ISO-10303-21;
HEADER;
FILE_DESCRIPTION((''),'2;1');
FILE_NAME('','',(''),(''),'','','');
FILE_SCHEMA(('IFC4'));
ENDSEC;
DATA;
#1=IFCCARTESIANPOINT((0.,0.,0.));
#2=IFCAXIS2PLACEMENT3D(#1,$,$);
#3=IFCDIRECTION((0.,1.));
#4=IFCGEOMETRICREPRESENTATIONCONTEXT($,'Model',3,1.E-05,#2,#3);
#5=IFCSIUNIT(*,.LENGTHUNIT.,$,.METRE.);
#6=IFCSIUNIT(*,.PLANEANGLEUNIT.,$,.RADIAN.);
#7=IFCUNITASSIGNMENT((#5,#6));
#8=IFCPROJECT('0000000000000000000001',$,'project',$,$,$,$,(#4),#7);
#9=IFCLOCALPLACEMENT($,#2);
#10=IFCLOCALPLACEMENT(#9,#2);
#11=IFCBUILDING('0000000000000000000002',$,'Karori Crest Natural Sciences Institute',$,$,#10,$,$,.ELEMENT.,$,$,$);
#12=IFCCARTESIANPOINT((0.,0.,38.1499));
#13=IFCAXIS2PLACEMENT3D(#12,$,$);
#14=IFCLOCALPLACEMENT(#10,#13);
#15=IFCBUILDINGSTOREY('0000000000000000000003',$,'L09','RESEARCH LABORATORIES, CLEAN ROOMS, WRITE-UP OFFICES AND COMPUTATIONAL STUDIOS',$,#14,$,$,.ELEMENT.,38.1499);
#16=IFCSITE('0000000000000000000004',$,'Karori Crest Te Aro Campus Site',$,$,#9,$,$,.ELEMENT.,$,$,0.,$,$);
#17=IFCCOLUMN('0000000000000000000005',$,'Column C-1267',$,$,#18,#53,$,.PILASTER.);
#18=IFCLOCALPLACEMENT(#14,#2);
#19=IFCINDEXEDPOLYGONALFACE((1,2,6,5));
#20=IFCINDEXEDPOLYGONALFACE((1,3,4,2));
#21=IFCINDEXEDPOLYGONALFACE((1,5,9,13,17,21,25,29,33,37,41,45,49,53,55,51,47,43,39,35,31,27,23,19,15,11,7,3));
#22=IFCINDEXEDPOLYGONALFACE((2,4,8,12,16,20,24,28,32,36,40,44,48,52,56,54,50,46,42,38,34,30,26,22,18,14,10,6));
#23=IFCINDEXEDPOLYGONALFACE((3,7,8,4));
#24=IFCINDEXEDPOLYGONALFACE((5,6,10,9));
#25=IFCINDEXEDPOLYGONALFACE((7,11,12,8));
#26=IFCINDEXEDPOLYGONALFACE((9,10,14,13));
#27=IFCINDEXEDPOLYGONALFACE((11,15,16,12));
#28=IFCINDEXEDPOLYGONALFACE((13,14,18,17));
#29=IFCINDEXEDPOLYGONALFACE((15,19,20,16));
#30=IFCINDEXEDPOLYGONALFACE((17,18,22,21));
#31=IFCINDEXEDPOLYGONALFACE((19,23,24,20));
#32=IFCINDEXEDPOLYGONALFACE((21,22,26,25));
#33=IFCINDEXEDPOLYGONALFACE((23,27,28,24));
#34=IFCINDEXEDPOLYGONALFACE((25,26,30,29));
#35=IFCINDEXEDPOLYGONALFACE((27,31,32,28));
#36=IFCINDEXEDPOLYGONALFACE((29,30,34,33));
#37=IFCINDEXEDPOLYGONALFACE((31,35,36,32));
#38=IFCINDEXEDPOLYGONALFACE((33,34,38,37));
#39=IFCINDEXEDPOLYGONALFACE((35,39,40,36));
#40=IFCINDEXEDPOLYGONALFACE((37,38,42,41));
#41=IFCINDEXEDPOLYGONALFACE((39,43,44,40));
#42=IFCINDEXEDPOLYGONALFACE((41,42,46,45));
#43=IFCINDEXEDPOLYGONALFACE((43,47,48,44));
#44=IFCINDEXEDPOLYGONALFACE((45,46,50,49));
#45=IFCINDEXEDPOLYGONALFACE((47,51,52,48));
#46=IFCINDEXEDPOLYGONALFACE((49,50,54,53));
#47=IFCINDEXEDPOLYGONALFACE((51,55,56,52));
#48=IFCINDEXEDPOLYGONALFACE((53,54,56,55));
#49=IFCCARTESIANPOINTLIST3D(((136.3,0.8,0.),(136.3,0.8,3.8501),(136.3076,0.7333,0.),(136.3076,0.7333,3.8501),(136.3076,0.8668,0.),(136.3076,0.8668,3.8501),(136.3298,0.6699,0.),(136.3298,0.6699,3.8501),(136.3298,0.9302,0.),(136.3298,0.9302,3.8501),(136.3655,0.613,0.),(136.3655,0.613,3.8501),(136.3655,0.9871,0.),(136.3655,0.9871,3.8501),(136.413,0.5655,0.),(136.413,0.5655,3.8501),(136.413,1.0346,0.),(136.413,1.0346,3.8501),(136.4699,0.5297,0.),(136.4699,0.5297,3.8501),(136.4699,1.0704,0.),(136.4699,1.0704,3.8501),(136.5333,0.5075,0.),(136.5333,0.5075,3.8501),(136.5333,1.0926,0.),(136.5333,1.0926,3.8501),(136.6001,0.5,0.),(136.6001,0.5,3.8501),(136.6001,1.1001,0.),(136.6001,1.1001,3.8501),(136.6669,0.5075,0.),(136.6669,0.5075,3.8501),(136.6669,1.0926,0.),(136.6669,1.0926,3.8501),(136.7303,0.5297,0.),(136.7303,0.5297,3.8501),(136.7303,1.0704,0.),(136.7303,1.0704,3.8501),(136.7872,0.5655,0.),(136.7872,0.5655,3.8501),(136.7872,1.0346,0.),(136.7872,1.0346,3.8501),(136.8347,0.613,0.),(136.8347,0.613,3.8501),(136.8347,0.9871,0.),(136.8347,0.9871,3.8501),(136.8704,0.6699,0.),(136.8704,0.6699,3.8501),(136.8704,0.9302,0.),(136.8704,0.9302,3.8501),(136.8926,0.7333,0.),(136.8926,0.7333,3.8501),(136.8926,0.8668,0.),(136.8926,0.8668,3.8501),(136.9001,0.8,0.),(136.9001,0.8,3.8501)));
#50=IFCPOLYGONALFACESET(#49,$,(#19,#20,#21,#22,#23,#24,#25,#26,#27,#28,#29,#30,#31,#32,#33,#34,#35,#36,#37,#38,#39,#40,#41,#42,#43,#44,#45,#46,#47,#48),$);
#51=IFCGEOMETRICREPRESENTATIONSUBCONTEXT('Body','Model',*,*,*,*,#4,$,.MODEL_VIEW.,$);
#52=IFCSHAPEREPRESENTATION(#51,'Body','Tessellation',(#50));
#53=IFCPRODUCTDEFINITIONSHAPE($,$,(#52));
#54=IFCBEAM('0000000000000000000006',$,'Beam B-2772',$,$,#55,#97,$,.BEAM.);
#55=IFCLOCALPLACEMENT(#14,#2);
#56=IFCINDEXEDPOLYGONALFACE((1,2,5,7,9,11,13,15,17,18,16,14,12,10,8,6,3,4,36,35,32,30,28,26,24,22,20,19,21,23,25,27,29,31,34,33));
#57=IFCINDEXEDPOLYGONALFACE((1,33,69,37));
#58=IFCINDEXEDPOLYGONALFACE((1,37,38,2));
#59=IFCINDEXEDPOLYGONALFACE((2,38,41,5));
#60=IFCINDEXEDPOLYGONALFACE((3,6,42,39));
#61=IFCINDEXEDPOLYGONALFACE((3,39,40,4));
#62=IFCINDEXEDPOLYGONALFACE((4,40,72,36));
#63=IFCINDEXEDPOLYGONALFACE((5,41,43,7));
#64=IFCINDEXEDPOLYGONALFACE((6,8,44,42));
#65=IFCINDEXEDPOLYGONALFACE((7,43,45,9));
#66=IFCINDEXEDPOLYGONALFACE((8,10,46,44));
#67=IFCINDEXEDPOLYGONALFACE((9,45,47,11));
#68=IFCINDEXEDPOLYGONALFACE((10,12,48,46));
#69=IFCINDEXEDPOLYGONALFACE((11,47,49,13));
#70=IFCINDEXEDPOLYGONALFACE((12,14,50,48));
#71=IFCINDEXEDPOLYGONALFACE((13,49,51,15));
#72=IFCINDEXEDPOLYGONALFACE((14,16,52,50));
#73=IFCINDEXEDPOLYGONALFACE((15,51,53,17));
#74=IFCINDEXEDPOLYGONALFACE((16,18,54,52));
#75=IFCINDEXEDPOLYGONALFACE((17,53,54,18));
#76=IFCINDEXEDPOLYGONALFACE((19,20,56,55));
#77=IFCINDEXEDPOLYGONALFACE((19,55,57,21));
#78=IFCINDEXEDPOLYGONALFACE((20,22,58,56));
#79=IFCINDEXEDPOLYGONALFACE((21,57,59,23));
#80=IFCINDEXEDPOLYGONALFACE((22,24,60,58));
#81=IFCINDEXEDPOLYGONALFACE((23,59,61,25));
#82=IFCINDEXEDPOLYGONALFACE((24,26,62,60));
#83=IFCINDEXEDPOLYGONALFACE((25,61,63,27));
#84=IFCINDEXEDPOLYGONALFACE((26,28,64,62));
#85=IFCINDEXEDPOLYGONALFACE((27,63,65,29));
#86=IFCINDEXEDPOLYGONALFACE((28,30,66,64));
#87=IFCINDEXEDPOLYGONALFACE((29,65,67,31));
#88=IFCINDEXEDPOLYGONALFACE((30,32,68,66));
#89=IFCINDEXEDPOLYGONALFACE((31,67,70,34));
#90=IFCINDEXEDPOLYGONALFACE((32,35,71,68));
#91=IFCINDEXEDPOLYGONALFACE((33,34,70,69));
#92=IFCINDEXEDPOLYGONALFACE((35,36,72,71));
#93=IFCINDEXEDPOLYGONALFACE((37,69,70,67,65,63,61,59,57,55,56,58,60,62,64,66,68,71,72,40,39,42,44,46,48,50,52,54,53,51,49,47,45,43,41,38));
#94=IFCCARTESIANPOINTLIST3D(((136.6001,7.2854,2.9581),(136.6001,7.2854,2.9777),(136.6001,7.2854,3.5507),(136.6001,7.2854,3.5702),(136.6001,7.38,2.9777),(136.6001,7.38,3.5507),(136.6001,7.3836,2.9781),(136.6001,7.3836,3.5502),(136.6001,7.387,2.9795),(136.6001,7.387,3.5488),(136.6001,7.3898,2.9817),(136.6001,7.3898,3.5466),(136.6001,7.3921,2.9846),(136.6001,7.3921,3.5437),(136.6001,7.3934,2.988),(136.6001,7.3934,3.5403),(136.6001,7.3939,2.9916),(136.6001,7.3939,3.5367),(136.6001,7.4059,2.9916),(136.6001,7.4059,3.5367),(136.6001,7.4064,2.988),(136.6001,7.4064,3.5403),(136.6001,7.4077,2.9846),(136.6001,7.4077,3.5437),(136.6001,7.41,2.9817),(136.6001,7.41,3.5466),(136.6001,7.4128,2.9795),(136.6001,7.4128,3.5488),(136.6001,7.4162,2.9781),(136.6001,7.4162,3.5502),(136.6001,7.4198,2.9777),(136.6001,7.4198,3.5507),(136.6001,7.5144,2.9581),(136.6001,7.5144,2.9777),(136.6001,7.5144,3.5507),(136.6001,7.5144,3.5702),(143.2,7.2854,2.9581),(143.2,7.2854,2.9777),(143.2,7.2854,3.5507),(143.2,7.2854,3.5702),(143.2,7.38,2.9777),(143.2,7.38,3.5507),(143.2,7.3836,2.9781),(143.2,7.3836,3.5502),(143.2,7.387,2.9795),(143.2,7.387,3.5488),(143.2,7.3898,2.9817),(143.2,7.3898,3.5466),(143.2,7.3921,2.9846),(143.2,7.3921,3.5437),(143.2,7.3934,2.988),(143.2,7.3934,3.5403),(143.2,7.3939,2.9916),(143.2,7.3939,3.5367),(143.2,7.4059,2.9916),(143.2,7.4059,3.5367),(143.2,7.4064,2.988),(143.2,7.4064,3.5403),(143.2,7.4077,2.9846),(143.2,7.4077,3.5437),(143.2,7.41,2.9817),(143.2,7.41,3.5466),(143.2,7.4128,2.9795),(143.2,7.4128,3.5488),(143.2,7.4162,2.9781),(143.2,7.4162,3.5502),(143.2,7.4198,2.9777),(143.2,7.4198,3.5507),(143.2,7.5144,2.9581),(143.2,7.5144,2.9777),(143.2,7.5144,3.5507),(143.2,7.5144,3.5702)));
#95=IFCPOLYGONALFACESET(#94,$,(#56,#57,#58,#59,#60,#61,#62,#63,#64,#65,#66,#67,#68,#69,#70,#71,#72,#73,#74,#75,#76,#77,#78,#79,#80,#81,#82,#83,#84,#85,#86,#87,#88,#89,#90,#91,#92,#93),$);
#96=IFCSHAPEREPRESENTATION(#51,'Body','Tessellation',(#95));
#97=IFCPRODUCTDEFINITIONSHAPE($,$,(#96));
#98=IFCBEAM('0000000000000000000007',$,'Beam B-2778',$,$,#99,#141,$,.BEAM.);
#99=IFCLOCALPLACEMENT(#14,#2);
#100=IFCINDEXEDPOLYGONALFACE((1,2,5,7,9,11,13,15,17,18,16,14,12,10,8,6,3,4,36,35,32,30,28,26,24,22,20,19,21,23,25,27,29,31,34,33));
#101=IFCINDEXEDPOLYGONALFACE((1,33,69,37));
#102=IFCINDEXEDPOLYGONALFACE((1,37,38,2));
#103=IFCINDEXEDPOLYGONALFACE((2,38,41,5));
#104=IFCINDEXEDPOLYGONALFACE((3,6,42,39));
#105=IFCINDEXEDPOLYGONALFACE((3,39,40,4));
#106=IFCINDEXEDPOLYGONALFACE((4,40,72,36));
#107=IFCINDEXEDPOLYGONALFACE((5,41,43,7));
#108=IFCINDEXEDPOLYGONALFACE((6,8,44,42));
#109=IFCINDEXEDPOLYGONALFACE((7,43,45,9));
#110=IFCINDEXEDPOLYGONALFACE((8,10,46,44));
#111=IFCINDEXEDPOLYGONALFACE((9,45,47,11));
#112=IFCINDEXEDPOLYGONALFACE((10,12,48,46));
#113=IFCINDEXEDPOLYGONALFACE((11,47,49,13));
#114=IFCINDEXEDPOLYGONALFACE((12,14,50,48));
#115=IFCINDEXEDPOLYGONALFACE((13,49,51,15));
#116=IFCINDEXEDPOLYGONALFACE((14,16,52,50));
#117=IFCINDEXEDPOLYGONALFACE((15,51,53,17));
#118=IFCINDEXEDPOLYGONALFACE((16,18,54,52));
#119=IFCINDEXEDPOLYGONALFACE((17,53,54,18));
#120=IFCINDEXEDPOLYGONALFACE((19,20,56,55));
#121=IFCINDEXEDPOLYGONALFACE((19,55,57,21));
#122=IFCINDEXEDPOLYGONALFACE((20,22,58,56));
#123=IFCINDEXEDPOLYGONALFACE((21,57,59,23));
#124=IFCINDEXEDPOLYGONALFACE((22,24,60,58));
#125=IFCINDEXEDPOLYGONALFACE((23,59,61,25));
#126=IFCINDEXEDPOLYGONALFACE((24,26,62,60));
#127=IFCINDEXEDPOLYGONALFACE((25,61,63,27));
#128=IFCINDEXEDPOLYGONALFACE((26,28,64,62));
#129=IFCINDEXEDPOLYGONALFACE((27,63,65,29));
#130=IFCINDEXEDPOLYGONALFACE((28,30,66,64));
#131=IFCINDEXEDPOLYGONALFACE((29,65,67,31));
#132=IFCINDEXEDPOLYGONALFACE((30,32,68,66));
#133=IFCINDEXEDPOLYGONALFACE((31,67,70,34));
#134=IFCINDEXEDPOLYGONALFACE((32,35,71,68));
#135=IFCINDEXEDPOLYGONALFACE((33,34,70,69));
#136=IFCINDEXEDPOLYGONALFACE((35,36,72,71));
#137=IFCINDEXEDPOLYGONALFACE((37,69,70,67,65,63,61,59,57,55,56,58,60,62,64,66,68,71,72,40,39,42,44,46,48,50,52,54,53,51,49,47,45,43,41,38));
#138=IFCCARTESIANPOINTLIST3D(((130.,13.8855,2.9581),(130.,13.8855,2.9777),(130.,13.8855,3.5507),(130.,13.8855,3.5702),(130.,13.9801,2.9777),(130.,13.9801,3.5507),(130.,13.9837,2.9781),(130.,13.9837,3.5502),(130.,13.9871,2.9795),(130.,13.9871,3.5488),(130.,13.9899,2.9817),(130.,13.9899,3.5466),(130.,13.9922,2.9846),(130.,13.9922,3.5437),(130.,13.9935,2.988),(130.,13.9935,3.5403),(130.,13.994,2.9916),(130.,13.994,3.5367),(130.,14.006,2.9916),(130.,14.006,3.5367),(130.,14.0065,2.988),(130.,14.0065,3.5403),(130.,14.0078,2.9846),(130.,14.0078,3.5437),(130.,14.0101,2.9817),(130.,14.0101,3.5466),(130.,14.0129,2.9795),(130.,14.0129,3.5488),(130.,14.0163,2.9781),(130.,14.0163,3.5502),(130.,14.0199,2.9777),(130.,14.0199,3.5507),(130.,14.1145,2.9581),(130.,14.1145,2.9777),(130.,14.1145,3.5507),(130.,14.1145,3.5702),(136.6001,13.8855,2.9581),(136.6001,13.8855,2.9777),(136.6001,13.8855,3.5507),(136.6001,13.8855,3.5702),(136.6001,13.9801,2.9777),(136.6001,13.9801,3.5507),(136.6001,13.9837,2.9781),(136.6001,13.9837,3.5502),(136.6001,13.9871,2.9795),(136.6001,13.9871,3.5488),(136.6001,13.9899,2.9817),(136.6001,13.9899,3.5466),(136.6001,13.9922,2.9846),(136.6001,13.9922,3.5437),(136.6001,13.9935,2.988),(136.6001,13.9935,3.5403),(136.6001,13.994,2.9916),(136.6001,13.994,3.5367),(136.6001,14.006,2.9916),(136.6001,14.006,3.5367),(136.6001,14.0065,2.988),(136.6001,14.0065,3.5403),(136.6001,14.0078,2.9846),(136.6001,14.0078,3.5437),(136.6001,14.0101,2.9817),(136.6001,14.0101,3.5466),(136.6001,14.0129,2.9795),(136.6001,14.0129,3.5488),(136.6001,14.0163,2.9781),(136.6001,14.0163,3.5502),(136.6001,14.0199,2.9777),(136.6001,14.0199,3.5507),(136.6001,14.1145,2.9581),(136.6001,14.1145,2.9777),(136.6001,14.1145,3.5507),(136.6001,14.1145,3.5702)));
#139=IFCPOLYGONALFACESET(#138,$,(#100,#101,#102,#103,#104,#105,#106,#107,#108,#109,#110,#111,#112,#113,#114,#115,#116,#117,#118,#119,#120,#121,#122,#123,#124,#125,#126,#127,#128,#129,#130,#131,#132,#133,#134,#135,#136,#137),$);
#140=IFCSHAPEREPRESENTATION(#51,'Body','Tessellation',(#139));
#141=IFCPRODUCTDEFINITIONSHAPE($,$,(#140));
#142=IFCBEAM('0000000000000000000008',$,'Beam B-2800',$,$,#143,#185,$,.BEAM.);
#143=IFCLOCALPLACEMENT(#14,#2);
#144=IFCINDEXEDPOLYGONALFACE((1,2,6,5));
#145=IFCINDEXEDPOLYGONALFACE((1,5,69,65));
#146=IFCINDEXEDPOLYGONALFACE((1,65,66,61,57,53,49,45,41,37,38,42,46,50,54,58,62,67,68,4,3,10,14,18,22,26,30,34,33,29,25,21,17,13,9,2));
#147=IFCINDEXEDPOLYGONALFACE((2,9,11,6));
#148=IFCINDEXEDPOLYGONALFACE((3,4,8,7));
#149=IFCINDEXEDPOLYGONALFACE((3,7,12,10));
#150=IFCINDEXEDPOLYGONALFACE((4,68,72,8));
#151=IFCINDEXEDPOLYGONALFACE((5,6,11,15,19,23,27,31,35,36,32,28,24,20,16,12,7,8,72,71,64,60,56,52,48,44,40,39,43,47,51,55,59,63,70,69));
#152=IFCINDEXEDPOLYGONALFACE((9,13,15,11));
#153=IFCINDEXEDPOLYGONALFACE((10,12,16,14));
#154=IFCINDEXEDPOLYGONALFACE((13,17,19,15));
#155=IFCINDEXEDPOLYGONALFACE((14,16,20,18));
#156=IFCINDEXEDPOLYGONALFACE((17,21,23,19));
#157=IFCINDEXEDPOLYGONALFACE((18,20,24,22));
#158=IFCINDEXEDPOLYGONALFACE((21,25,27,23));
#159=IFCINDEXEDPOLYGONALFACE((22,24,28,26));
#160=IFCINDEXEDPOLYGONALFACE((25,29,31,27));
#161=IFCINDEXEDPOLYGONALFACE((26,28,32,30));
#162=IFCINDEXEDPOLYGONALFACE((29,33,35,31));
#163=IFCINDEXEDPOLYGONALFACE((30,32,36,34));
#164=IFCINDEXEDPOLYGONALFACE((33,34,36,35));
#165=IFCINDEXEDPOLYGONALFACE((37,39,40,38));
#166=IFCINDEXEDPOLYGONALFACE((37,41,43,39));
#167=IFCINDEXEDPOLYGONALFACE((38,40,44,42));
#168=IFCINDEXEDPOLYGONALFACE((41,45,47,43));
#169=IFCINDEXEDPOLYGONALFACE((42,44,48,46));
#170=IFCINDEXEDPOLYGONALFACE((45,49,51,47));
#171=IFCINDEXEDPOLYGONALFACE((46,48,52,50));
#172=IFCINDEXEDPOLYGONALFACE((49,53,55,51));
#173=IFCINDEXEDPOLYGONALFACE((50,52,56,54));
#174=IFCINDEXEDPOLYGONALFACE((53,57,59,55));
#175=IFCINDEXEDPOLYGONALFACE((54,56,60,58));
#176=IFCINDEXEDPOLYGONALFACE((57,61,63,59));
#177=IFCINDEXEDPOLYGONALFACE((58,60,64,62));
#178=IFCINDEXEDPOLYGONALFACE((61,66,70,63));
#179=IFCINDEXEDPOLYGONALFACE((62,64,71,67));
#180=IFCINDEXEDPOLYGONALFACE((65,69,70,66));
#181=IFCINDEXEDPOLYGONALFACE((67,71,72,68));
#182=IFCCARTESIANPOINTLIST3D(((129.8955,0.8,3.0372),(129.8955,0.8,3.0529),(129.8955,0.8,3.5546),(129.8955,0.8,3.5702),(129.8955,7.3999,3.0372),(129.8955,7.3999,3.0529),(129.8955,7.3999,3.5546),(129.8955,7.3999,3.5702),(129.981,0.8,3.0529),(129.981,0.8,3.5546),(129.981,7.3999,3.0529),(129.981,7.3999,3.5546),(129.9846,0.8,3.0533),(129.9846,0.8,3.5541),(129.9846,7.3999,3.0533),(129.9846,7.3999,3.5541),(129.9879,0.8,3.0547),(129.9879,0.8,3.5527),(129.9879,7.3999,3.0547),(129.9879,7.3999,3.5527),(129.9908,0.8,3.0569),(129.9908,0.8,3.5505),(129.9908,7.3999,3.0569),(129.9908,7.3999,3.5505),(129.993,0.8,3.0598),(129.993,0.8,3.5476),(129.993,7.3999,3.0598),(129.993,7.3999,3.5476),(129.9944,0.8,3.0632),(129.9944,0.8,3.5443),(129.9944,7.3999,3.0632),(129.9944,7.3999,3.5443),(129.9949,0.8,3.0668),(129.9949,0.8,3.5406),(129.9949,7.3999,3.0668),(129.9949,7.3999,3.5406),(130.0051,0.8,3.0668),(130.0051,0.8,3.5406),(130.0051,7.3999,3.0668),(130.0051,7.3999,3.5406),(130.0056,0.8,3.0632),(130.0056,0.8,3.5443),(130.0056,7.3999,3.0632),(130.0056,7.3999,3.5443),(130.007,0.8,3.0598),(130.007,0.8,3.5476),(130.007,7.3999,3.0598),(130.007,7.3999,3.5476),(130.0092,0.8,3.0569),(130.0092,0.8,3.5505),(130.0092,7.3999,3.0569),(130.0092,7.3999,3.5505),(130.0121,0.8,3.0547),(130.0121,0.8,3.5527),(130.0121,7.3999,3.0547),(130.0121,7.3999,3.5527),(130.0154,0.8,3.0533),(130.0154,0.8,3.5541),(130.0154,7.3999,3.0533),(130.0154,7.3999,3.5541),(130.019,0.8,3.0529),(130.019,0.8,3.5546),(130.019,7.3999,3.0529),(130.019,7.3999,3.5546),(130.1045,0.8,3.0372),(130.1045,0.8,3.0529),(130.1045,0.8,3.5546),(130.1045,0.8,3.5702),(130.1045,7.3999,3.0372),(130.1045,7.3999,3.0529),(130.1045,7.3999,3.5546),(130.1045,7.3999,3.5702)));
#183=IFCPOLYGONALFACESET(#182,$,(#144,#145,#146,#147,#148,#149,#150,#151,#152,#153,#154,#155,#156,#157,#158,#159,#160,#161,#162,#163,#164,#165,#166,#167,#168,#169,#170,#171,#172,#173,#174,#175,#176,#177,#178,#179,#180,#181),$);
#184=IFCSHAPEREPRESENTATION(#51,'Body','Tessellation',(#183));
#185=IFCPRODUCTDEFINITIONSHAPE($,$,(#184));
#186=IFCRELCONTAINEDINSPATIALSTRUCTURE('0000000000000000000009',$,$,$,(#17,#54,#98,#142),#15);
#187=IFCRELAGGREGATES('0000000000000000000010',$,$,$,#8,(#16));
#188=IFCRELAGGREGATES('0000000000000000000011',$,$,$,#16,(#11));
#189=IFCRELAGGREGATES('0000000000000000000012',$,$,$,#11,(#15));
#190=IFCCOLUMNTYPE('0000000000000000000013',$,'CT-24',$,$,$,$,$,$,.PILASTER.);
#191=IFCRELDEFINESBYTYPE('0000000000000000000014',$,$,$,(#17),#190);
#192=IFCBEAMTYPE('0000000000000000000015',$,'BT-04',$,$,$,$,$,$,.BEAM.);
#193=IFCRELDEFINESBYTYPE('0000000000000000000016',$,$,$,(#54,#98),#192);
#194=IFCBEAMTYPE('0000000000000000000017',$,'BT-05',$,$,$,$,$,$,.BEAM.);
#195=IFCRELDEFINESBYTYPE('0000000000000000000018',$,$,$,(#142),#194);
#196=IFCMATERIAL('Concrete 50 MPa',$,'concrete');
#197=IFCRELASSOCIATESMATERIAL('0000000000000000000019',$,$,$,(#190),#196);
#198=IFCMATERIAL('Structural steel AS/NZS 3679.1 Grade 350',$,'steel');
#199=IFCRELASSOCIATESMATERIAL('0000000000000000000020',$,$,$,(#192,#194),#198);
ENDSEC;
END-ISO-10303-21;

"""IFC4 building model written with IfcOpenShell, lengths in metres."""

from ifc_helpers import new_model, si_unit, direction, frame, origin, origin_2d, place, context, subcontext, project, spatial, circle, i_section, extrude, material, material_profile, profile_set, type_object, element, save


model = new_model("IFC4")

# Units and contexts
model_context = context("Model", 3, precision=1e-05, world=origin(), true_north=direction((0.0, 1.0)))
body_context = subcontext(model_context, "Body", "Model", "MODEL_VIEW")
ifc_project = project(units=[si_unit("LENGTHUNIT", "METRE"), si_unit("PLANEANGLEUNIT", "RADIAN")], contexts=[model_context])

# Site, building, storey
site_placement = place(None, origin())
site = spatial("IfcSite", under=ifc_project, at=site_placement, Name="Karori Crest Te Aro Campus Site", CompositionType="ELEMENT", RefElevation=0.0)
building_placement = place(site_placement, origin())
building = spatial("IfcBuilding", under=site, at=building_placement, Name="Karori Crest Natural Sciences Institute", CompositionType="ELEMENT")
storey_placement = place(building_placement, frame((0.0, 0.0, 38.1499)))
storey = spatial("IfcBuildingStorey", under=building, at=storey_placement, Name="L09", Description="RESEARCH LABORATORIES, CLEAN ROOMS, WRITE-UP OFFICES AND COMPUTATIONAL STUDIOS", CompositionType="ELEMENT", Elevation=38.1499)

# Column
ifc_material_1 = material(Name="Structural steel AS/NZS 3679.1 Grade 350", Category="steel")
ifc_material_2 = material(Name="Concrete 50 MPa", Category="concrete")
ifc_material_profile_1 = material_profile(ifc_material_2, circle(Radius=0.3, at=origin_2d()), Name="RCC600")
ifc_profile_set_1 = profile_set([ifc_material_profile_1], Name="Concrete 50 MPa")
column_type_1 = type_object("IfcColumnType", Name="CT-24", PredefinedType="PILASTER", material=ifc_profile_set_1)
for number, where, z_axis, x_axis, name in (
    (1, (136.6001, 0.8, 0.0), (0.0, 0.0, 1.0), (1.0, 0.0, 0.0), "Column C-1267"),
):
    element("IfcColumn", number, at=place(storey_placement, frame(where, z_axis=z_axis, x_axis=x_axis)), inside=storey, type_object=column_type_1, Name=name, PredefinedType="PILASTER", context=body_context, shape_type="SweptSolid", body=[
        extrude(circle(Radius=0.3, at=origin_2d()), origin(), (0.0, 0.0, 1.0), 3.8501),
    ])

# Beams
ifc_material_profile_2 = material_profile(ifc_material_1, i_section(OverallWidth=0.229, OverallDepth=0.6121, WebThickness=0.012, FlangeThickness=0.0195, FilletRadius=0.0139, at=origin_2d()), Name="610UB125")
ifc_profile_set_2 = profile_set([ifc_material_profile_2], Name="Structural steel AS/NZS 3679.1 Grade 350")
beam_type_1 = type_object("IfcBeamType", Name="BT-04", PredefinedType="BEAM", material=ifc_profile_set_2)
beam_1_placement = place(storey_placement, frame((136.6001, 7.3999, 3.2642), z_axis=(1.0, 0.0, 0.0), x_axis=(0.0, 1.0, 0.0)))
element("IfcBeam", 2, at=beam_1_placement, inside=storey, type_object=beam_type_1, Name="Beam B-2772", PredefinedType="BEAM", context=body_context, shape_type="SweptSolid", body=[
    extrude(i_section(OverallWidth=0.229, OverallDepth=0.6121, WebThickness=0.012, FlangeThickness=0.0195, FilletRadius=0.0139, at=origin_2d()), origin(), (0.0, 0.0, 1.0), 6.5999),
])
beam_2_placement = place(storey_placement, frame((130.0, 14.0, 3.2642), z_axis=(1.0, 0.0, 0.0), x_axis=(0.0, 1.0, 0.0)))
element("IfcBeam", 3, at=beam_2_placement, inside=storey, type_object=beam_type_1, Name="Beam B-2778", PredefinedType="BEAM", context=body_context, shape_type="SweptSolid", body=[
    extrude(i_section(OverallWidth=0.229, OverallDepth=0.6121, WebThickness=0.012, FlangeThickness=0.0195, FilletRadius=0.0139, at=origin_2d()), origin(), (0.0, 0.0, 1.0), 6.6001),
])
ifc_material_profile_3 = material_profile(ifc_material_1, i_section(OverallWidth=0.209, OverallDepth=0.533, WebThickness=0.0103, FlangeThickness=0.0156, FilletRadius=0.0139, at=origin_2d()), Name="530UB92.4")
ifc_profile_set_3 = profile_set([ifc_material_profile_3], Name="Structural steel AS/NZS 3679.1 Grade 350")
beam_type_2 = type_object("IfcBeamType", Name="BT-05", PredefinedType="BEAM", material=ifc_profile_set_3)
beam_3_placement = place(storey_placement, frame((130.0, 0.8, 3.3037), z_axis=(0.0, 1.0, 0.0), x_axis=(-1.0, 0.0, 0.0)))
element("IfcBeam", 4, at=beam_3_placement, inside=storey, type_object=beam_type_2, Name="Beam B-2800", PredefinedType="BEAM", context=body_context, shape_type="SweptSolid", body=[
    extrude(i_section(OverallWidth=0.209, OverallDepth=0.533, WebThickness=0.0103, FlangeThickness=0.0156, FilletRadius=0.0139, at=origin_2d()), origin(), (0.0, 0.0, 1.0), 6.5999),
])

save(model, "model.ifc")
